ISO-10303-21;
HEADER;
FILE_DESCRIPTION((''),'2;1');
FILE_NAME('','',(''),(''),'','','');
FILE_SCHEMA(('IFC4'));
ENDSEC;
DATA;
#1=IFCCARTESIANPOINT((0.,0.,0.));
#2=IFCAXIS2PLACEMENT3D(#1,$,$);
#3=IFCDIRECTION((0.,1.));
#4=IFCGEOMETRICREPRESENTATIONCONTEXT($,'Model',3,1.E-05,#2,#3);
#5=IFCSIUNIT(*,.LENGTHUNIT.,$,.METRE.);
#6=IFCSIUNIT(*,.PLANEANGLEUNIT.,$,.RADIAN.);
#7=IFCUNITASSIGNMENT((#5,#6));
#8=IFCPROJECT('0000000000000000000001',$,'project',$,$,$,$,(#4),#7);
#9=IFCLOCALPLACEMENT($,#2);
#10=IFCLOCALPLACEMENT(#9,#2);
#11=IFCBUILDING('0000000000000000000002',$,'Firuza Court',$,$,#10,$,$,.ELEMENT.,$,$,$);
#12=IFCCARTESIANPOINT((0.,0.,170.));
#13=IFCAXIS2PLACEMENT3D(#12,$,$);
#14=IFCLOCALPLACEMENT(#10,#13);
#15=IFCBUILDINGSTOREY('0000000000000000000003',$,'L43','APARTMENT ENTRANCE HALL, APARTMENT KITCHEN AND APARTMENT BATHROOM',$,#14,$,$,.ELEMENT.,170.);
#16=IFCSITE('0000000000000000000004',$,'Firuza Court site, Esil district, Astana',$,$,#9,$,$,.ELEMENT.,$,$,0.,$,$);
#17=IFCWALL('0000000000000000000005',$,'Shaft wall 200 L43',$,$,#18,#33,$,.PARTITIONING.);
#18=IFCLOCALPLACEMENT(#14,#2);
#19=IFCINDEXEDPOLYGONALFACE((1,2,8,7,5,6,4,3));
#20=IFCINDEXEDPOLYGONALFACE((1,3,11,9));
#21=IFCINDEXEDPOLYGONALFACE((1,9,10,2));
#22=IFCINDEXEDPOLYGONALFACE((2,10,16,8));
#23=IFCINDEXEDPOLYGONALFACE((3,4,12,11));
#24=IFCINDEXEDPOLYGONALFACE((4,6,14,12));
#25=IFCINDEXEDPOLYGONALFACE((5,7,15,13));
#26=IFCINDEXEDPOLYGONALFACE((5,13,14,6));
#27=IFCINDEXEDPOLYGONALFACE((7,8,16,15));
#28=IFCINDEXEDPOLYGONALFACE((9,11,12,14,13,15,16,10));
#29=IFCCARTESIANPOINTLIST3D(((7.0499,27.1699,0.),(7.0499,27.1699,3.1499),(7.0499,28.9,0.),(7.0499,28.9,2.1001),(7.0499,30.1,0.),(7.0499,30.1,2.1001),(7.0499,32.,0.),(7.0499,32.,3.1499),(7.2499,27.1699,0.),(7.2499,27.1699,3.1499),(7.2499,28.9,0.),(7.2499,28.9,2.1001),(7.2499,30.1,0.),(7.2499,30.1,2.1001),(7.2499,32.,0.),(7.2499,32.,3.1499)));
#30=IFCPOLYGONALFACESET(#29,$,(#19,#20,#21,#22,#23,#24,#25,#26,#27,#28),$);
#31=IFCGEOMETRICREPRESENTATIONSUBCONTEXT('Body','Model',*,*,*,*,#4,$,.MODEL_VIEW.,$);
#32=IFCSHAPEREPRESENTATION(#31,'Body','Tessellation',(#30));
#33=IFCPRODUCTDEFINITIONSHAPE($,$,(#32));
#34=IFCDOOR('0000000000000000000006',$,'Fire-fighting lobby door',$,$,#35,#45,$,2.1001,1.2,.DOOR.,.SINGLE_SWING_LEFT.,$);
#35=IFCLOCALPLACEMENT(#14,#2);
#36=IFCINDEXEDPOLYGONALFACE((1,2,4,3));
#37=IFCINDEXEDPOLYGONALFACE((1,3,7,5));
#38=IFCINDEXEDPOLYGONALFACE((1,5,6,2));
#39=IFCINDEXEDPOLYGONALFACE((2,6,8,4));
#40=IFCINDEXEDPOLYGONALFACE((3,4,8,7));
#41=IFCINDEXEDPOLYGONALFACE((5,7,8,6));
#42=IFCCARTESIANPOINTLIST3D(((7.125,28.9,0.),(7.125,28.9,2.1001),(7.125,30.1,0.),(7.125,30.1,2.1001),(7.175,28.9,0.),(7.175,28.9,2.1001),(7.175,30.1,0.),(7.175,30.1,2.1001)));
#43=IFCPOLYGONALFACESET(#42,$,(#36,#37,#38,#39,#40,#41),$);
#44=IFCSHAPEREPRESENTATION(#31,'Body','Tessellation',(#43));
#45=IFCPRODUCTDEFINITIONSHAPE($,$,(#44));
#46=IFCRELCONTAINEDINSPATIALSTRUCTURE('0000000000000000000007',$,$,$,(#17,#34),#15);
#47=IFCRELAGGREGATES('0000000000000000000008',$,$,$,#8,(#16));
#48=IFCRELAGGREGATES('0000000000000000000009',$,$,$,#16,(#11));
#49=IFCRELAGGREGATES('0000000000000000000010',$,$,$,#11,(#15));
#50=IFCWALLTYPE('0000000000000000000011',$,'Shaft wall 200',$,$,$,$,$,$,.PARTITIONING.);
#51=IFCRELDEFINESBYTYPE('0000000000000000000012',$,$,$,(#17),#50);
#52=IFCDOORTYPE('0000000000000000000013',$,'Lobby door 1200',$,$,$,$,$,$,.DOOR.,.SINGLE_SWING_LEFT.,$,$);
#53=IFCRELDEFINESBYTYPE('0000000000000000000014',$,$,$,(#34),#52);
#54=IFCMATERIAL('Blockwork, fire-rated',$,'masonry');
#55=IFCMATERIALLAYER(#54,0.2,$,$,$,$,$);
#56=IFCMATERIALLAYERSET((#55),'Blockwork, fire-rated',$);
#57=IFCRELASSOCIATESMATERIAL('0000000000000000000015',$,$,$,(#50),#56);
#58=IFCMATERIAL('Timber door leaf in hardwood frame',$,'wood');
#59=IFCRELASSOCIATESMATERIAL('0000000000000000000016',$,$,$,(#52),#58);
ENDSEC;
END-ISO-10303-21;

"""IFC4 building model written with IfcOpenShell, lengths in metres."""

from ifc_helpers import new_model, si_unit, direction, frame, frame_2d, origin, place, context, subcontext, project, spatial, rectangle, extrude, material, layer, layer_set, type_object, element, fill, save


model = new_model("IFC4")

# Units and contexts
model_context = context("Model", 3, precision=1e-05, world=origin(), true_north=direction((0.0, 1.0)))
body_context = subcontext(model_context, "Body", "Model", "MODEL_VIEW")
ifc_project = project(units=[si_unit("LENGTHUNIT", "METRE"), si_unit("PLANEANGLEUNIT", "RADIAN")], contexts=[model_context])

# Site, building, storey
site_placement = place(None, origin())
site = spatial("IfcSite", under=ifc_project, at=site_placement, Name="Firuza Court site, Esil district, Astana", CompositionType="ELEMENT", RefElevation=0.0)
building_placement = place(site_placement, origin())
building = spatial("IfcBuilding", under=site, at=building_placement, Name="Firuza Court", CompositionType="ELEMENT")
storey_placement = place(building_placement, frame((0.0, 0.0, 170.0)))
storey = spatial("IfcBuildingStorey", under=building, at=storey_placement, Name="L43", Description="APARTMENT ENTRANCE HALL, APARTMENT KITCHEN AND APARTMENT BATHROOM", CompositionType="ELEMENT", Elevation=170.0)

# Wall, opening, door
ifc_material_1 = material(Name="Blockwork, fire-rated", Category="masonry")
ifc_layer_1 = layer(ifc_material_1, 0.2)
ifc_layer_set_1 = layer_set([ifc_layer_1], Name="Blockwork, fire-rated")
wall_type_1 = type_object("IfcWallType", Name="Shaft wall 200", PredefinedType="PARTITIONING", material=ifc_layer_set_1)
wall_1_placement = place(storey_placement, frame((7.1499, 27.1699, 0.0), z_axis=(0.0, 0.0, 1.0), x_axis=(0.0, 1.0, 0.0)))
wall_1 = element("IfcWall", 1, at=wall_1_placement, inside=storey, type_object=wall_type_1, Name="Shaft wall 200 L43", PredefinedType="PARTITIONING", context=body_context, shape_type="SweptSolid", body=[
    extrude(rectangle(XDim=4.8301, YDim=0.2, at=frame_2d((2.415, 0.0))), origin(), (0.0, 0.0, 1.0), 3.1499),
])
opening_1_placement = place(wall_1_placement, frame((1.73, 0.0, 0.0)))
opening_1 = element("IfcOpeningElement", 2, at=opening_1_placement, cuts=wall_1, PredefinedType="OPENING", context=body_context, shape_type="SweptSolid", body=[
    extrude(rectangle(XDim=1.2, YDim=2.1001, at=frame_2d((0.6001, 1.05))), frame((0.0, 0.1118, 0.0), z_axis=(0.0, -1.0, 0.0), x_axis=(1.0, 0.0, 0.0)), (0.0, 0.0, 1.0), 0.2239),
])
ifc_material_2 = material(Name="Timber door leaf in hardwood frame", Category="wood")
door_type_1 = type_object("IfcDoorType", Name="Lobby door 1200", OperationType="SINGLE_SWING_LEFT", PredefinedType="DOOR", material=ifc_material_2)
door_1_placement = place(opening_1_placement, origin())
door_1 = element("IfcDoor", 3, at=door_1_placement, inside=storey, type_object=door_type_1, Name="Fire-fighting lobby door", OperationType="SINGLE_SWING_LEFT", OverallHeight=2.1001, OverallWidth=1.2, PredefinedType="DOOR", context=body_context, shape_type="SweptSolid", body=[
    extrude(rectangle(XDim=1.2, YDim=2.1001, at=frame_2d((0.6001, 1.05))), frame((0.0, 0.0249, 0.0), z_axis=(0.0, -1.0, 0.0), x_axis=(1.0, 0.0, 0.0)), (0.0, 0.0, 1.0), 0.05),
])
fill(opening_1, door_1)

save(model, "model.ifc")
